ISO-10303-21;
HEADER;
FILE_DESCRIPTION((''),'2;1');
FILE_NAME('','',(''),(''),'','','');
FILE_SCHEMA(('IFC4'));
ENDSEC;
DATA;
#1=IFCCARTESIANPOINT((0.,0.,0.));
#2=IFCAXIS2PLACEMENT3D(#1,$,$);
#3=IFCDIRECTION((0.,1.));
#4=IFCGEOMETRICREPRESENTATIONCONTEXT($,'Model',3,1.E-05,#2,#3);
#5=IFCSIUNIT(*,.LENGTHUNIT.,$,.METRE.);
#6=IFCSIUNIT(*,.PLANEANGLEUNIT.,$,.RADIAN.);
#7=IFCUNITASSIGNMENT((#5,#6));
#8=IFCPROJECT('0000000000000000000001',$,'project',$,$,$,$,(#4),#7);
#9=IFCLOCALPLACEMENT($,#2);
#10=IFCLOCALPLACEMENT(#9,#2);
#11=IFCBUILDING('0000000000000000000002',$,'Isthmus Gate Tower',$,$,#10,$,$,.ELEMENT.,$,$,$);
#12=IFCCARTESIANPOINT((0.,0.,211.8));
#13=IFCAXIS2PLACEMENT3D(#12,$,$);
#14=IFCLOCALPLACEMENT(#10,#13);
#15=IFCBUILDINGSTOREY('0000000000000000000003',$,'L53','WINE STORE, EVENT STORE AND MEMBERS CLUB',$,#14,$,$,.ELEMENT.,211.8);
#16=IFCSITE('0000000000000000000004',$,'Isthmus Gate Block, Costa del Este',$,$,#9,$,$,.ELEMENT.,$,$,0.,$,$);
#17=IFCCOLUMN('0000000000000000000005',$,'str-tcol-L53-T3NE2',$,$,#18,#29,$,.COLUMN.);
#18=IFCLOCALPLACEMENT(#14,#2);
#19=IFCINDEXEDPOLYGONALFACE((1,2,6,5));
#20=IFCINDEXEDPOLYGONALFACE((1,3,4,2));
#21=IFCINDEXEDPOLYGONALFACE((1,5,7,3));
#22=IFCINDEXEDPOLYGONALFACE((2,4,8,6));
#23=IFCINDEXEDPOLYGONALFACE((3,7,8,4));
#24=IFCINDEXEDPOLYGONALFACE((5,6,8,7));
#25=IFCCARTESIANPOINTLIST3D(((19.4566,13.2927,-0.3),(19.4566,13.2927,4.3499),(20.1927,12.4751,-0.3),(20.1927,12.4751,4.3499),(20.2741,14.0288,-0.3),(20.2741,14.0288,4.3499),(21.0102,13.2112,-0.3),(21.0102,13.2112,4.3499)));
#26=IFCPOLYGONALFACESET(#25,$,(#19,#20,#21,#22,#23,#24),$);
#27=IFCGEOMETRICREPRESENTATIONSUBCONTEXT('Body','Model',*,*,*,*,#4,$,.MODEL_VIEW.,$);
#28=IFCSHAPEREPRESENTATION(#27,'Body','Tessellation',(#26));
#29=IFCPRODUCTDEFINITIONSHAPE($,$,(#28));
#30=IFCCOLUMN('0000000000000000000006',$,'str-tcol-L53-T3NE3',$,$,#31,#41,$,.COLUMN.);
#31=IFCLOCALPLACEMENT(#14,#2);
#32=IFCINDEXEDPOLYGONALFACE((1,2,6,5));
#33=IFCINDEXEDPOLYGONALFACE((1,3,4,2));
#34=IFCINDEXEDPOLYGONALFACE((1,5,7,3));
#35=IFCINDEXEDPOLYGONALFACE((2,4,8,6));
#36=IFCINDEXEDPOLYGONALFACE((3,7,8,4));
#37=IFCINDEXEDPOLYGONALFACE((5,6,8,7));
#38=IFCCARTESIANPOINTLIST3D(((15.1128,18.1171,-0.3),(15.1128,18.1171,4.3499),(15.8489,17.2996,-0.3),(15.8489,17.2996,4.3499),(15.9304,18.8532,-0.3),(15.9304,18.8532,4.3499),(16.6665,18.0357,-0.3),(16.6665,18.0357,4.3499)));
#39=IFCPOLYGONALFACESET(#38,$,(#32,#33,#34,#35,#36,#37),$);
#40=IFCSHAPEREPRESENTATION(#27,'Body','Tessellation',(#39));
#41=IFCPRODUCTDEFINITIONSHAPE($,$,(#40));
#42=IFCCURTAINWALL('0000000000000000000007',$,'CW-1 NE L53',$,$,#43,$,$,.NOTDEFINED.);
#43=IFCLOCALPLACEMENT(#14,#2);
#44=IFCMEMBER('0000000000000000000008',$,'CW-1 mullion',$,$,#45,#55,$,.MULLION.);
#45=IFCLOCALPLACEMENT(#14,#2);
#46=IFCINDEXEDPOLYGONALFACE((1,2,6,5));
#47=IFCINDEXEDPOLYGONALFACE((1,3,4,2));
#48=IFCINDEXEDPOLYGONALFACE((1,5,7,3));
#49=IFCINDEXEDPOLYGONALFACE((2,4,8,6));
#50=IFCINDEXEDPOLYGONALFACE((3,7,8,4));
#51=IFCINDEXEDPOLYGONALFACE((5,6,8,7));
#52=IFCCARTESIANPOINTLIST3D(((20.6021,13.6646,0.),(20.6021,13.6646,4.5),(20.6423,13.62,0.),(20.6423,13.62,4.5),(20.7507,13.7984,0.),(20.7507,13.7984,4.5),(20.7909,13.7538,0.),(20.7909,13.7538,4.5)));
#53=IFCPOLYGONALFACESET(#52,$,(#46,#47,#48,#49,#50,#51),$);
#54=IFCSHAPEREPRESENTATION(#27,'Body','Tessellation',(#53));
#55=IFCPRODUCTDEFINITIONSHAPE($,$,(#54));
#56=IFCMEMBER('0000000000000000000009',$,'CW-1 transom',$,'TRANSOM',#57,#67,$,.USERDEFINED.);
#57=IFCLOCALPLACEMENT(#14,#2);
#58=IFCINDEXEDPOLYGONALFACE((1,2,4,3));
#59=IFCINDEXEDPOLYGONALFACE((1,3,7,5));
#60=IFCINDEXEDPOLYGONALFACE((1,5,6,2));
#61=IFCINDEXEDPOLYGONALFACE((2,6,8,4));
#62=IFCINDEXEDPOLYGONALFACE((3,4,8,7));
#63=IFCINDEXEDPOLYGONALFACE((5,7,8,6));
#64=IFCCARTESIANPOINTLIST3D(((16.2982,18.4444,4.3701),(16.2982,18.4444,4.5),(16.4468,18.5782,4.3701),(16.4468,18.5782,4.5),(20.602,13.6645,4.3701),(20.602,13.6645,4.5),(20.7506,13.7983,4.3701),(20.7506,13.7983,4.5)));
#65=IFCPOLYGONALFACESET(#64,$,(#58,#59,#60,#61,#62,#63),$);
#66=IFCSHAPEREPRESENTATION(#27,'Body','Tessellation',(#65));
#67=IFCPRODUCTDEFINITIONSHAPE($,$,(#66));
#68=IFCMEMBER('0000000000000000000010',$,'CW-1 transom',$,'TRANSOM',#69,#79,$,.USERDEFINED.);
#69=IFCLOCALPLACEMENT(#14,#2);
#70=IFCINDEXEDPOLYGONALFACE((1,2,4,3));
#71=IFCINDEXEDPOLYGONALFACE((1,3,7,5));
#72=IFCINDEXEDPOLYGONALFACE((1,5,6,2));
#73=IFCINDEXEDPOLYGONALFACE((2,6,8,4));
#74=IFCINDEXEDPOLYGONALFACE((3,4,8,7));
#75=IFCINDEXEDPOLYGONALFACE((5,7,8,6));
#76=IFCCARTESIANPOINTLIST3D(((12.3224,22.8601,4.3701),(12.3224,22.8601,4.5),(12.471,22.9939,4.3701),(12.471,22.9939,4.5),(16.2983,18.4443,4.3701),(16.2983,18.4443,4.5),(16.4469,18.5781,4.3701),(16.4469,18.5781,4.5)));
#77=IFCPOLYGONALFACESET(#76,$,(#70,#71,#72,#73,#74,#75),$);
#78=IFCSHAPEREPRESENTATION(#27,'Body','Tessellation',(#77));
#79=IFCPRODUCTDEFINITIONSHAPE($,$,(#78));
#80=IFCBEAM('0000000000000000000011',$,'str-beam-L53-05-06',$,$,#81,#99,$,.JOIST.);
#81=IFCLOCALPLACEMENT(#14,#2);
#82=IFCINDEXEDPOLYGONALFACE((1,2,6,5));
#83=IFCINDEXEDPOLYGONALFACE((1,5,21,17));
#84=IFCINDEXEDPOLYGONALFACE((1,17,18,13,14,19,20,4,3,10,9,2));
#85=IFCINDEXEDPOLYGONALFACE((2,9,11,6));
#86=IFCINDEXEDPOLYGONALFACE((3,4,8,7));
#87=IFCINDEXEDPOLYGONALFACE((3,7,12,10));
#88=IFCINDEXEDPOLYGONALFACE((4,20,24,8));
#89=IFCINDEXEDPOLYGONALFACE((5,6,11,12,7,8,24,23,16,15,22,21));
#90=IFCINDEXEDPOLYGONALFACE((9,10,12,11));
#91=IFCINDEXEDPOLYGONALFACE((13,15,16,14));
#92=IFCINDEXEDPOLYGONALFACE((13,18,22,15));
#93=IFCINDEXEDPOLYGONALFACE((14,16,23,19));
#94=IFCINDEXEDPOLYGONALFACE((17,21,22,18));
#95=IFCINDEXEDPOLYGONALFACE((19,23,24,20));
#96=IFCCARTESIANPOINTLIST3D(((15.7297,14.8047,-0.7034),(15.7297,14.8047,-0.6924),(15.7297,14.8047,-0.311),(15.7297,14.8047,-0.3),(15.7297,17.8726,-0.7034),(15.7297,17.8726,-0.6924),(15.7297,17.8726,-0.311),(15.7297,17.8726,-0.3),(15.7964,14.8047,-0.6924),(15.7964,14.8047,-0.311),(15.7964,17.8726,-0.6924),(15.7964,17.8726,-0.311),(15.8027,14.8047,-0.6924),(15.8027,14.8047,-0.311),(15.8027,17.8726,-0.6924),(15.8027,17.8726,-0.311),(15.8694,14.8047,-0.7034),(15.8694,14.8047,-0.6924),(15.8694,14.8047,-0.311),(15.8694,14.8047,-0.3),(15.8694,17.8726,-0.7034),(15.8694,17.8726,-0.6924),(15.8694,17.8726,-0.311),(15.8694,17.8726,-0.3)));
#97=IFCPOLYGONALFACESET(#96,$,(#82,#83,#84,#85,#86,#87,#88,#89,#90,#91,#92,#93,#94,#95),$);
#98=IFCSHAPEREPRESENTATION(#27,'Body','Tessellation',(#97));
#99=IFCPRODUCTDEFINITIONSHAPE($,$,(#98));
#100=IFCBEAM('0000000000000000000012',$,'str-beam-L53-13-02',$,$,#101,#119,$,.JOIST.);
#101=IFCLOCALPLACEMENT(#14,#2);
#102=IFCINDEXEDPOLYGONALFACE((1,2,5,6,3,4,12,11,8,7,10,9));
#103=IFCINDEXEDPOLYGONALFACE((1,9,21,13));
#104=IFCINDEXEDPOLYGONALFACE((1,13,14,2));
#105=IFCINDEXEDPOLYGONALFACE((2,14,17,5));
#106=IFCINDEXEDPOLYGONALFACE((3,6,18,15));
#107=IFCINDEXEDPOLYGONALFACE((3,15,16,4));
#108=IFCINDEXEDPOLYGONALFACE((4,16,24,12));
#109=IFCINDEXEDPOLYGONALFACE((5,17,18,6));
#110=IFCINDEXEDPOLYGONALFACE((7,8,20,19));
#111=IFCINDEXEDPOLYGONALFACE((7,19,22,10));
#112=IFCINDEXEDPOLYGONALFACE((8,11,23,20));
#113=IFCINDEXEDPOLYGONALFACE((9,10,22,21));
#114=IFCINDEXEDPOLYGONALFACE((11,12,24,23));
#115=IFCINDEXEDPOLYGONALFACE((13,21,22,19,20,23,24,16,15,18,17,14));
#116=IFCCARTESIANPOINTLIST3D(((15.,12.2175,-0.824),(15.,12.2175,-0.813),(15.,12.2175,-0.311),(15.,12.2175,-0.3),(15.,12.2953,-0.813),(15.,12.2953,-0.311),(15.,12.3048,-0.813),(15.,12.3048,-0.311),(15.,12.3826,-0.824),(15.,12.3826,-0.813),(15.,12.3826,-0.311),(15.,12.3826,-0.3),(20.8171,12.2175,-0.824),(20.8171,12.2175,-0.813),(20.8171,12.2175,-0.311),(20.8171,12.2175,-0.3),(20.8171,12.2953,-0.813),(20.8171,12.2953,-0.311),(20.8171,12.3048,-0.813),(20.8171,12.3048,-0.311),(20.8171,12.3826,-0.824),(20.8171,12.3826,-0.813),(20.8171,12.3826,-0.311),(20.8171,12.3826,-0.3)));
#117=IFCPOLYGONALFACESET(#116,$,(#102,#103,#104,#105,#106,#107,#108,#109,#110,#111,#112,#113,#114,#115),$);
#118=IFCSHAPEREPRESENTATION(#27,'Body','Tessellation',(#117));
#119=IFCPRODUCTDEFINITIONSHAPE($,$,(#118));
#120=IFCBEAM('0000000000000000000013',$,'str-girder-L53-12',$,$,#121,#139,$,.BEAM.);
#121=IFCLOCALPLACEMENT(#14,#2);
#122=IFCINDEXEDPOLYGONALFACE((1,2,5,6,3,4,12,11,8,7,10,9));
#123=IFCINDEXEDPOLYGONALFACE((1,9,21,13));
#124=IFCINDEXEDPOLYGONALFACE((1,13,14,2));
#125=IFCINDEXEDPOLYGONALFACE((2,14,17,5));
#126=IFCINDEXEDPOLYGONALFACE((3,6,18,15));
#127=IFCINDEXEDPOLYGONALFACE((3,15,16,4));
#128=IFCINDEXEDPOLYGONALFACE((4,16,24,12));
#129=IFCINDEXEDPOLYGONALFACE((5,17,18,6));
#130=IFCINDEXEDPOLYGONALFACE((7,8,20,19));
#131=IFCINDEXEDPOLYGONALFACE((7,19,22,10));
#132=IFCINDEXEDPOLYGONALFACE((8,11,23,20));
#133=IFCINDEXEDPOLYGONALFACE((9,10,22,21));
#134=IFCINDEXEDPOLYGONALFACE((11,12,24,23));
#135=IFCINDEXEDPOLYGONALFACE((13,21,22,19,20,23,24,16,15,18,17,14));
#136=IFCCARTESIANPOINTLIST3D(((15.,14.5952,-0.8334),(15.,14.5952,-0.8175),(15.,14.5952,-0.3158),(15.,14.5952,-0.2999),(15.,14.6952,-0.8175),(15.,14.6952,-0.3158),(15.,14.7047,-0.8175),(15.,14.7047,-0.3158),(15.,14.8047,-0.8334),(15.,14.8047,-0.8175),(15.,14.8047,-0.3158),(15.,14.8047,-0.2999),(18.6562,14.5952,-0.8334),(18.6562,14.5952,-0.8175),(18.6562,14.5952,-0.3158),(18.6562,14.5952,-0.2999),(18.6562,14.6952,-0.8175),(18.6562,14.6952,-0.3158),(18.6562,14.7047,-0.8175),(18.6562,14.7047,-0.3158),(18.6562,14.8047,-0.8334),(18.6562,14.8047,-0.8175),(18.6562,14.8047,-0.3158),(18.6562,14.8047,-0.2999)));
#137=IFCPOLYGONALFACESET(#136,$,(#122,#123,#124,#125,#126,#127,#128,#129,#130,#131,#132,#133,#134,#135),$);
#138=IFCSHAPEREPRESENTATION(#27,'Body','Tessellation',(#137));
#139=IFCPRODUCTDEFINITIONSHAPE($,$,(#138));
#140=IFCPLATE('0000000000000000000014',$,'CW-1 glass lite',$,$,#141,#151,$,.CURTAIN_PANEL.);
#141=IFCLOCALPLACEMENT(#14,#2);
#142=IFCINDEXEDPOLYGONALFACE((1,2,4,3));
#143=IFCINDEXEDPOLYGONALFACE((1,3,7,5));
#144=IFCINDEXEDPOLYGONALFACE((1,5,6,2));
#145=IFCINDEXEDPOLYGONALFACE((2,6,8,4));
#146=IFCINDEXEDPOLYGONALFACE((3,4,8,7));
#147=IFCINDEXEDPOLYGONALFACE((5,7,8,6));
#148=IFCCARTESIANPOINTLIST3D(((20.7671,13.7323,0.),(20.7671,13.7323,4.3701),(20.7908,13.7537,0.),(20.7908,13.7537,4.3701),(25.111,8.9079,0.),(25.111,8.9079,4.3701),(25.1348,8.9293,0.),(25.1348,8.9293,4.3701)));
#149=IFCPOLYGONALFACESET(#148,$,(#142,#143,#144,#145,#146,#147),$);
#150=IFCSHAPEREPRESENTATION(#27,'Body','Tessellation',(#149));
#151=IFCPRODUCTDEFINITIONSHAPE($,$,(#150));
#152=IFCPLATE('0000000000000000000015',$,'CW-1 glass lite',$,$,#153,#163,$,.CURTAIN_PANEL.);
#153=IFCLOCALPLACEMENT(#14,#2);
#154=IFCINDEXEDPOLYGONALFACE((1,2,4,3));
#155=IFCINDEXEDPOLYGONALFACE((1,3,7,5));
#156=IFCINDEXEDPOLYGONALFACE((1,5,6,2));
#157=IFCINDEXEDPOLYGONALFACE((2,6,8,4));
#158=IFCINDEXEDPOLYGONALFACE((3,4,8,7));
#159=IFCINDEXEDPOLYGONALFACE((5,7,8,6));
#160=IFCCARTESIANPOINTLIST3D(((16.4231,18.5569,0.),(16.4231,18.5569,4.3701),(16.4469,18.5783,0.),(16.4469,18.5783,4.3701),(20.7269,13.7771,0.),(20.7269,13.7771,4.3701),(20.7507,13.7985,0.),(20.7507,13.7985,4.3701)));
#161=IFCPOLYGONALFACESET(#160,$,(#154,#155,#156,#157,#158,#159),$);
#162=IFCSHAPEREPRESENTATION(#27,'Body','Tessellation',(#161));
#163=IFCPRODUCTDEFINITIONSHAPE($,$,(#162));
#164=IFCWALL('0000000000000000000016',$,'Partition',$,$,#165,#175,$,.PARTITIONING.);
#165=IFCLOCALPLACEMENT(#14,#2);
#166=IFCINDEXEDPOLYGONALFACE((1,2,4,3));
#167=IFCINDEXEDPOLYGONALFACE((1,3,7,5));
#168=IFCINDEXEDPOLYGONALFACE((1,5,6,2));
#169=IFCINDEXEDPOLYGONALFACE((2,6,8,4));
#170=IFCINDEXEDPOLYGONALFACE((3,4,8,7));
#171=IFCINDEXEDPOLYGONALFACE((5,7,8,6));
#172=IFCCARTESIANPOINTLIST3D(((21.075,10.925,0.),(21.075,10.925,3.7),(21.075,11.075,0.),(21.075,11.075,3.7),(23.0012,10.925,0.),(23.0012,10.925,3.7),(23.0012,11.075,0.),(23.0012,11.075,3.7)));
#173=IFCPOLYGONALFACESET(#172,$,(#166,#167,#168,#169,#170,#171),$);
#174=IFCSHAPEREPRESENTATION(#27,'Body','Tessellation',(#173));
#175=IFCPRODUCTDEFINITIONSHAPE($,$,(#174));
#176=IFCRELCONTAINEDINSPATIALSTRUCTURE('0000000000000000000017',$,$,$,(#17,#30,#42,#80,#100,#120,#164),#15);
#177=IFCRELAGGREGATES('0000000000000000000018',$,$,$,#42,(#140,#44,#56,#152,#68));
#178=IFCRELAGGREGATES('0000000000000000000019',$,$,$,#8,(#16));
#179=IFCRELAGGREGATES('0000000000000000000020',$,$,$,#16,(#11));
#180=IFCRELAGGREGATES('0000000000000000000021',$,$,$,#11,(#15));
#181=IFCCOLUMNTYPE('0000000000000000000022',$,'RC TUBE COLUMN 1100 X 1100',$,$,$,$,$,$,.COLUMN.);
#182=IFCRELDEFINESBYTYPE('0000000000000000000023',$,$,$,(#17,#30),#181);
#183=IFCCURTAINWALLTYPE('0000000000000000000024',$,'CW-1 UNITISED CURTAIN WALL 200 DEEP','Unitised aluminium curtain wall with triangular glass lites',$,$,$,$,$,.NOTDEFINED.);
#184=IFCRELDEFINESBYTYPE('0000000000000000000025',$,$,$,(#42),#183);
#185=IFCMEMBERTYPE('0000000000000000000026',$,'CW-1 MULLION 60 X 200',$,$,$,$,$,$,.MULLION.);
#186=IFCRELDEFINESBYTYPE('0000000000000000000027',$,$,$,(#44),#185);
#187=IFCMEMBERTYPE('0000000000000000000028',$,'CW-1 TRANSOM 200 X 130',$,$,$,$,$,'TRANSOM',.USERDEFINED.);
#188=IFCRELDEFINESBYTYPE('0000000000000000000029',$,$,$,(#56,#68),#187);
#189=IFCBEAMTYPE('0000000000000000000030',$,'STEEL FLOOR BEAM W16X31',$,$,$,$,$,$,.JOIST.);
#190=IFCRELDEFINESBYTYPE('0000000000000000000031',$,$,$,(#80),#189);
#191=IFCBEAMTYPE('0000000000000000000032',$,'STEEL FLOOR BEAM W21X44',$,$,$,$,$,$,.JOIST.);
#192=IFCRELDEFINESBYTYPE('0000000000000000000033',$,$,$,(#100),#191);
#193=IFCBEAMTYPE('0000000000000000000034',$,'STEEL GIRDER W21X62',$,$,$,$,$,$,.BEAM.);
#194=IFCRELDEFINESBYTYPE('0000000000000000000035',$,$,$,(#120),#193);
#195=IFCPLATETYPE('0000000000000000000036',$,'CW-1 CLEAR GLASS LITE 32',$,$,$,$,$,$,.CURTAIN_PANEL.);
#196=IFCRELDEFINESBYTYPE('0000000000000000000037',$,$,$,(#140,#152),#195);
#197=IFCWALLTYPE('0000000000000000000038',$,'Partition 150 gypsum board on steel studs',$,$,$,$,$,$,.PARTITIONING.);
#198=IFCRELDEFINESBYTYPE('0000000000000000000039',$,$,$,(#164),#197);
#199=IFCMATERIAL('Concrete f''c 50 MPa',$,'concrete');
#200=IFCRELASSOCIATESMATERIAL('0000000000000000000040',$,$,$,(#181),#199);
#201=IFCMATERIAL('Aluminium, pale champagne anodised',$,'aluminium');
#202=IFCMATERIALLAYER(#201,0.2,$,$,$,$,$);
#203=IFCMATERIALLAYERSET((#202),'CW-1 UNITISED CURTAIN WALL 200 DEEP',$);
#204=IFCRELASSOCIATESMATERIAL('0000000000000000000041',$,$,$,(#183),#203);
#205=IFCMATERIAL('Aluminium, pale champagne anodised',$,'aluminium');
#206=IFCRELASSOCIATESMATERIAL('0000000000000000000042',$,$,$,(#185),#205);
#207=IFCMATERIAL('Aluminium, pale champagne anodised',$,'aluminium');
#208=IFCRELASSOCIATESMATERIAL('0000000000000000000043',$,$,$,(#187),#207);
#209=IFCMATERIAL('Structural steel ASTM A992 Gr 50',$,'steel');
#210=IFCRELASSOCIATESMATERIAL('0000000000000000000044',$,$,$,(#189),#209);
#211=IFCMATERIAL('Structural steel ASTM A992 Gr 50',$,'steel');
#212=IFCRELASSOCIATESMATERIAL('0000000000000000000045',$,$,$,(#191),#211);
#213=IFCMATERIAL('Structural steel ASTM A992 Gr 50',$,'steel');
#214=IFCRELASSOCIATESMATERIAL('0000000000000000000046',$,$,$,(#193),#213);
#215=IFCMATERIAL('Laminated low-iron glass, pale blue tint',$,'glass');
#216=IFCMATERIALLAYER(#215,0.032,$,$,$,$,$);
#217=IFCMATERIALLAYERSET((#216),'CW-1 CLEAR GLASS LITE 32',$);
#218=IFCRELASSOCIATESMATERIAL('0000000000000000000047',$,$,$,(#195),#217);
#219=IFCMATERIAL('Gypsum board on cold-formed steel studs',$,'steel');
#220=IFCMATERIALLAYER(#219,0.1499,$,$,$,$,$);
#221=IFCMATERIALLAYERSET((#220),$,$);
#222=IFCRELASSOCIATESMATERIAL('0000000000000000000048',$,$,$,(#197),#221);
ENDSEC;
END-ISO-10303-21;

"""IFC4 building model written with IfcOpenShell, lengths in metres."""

from ifc_helpers import new_model, si_unit, direction, frame, frame_2d, origin, origin_2d, place, context, subcontext, project, spatial, rectangle, i_section, extrude, material, layer, layer_set, material_profile, profile_set, type_object, element, aggregate, save


model = new_model("IFC4")

# Units and contexts
model_context = context("Model", 3, precision=1e-05, world=origin(), true_north=direction((0.0, 1.0)))
body_context = subcontext(model_context, "Body", "Model", "MODEL_VIEW")
ifc_project = project(units=[si_unit("LENGTHUNIT", "METRE"), si_unit("PLANEANGLEUNIT", "RADIAN")], contexts=[model_context])

# Site, building, storey
site_placement = place(None, origin())
site = spatial("IfcSite", under=ifc_project, at=site_placement, Name="Isthmus Gate Block, Costa del Este", CompositionType="ELEMENT", RefElevation=0.0)
building_placement = place(site_placement, origin())
building = spatial("IfcBuilding", under=site, at=building_placement, Name="Isthmus Gate Tower", CompositionType="ELEMENT")
storey_placement = place(building_placement, frame((0.0, 0.0, 211.8)))
storey = spatial("IfcBuildingStorey", under=building, at=storey_placement, Name="L53", Description="WINE STORE, EVENT STORE AND MEMBERS CLUB", CompositionType="ELEMENT", Elevation=211.8)

# Columns
ifc_material_1 = material(Name="Concrete f'c 50 MPa", Category="concrete")
ifc_material_profile_1 = material_profile(ifc_material_1, rectangle(XDim=1.1001, YDim=1.1001, at=origin_2d()), Name="RC 1100X1100")
ifc_profile_set_1 = profile_set([ifc_material_profile_1], Name="Concrete f'c 50 MPa")
column_type = type_object("IfcColumnType", Name="RC TUBE COLUMN 1100 X 1100", PredefinedType="COLUMN", material=ifc_profile_set_1)
for number, where, z_axis, x_axis, name in (
    (1, (20.2334, 13.252, -0.3), (0.0, 0.0, 1.0), (-0.669131, 0.743145, 0.0), "str-tcol-L53-T3NE2"),
    (2, (15.8896, 18.0764, -0.3), (0.0, 0.0, 1.0), (-0.669131, 0.743145, 0.0), "str-tcol-L53-T3NE3"),
):
    element("IfcColumn", number, at=place(storey_placement, frame(where, z_axis=z_axis, x_axis=x_axis)), inside=storey, type_object=column_type, Name=name, PredefinedType="COLUMN", context=body_context, shape_type="SweptSolid", body=[
        extrude(rectangle(XDim=1.1001, YDim=1.1001, at=origin_2d()), origin(), (0.0, 0.0, 1.0), 4.6499),
    ])

# Curtain wall, members
ifc_material_2 = material(Name="Aluminium, pale champagne anodised", Category="aluminium")
ifc_layer_1 = layer(ifc_material_2, 0.2)
ifc_layer_set_1 = layer_set([ifc_layer_1], Name="CW-1 UNITISED CURTAIN WALL 200 DEEP")
curtain_wall_type = type_object("IfcCurtainWallType", Name="CW-1 UNITISED CURTAIN WALL 200 DEEP", Description="Unitised aluminium curtain wall with triangular glass lites", PredefinedType="NOTDEFINED", material=ifc_layer_set_1)
curtain_wall_placement = place(storey_placement, origin())
curtain_wall = element("IfcCurtainWall", 3, at=curtain_wall_placement, inside=storey, type_object=curtain_wall_type, Name="CW-1 NE L53", PredefinedType="NOTDEFINED")
ifc_material_3 = material(Name="Aluminium, pale champagne anodised", Category="aluminium")
ifc_material_profile_2 = material_profile(ifc_material_3, rectangle(XDim=0.0601, YDim=0.2, at=origin_2d()), Name="60x200")
ifc_profile_set_2 = profile_set([ifc_material_profile_2], Name="Aluminium, pale champagne anodised")
member_type_1 = type_object("IfcMemberType", Name="CW-1 MULLION 60 X 200", PredefinedType="MULLION", material=ifc_profile_set_2)
member_1_placement = place(storey_placement, frame((20.6965, 13.7092, 0.0), z_axis=(0.0, 0.0, 1.0), x_axis=(-0.669131, 0.743145, 0.0)))
member_1 = element("IfcMember", 4, at=member_1_placement, type_object=member_type_1, Name="CW-1 mullion", PredefinedType="MULLION", context=body_context, shape_type="SweptSolid", body=[
    extrude(rectangle(XDim=0.0601, YDim=0.2, at=origin_2d()), origin(), (0.0, 0.0, 1.0), 4.5),
])
ifc_material_4 = material(Name="Aluminium, pale champagne anodised", Category="aluminium")
ifc_material_profile_3 = material_profile(ifc_material_4, rectangle(XDim=0.2, YDim=0.1299, at=origin_2d()), Name="200x130")
ifc_profile_set_3 = profile_set([ifc_material_profile_3], Name="Aluminium, pale champagne anodised")
member_type_2 = type_object("IfcMemberType", Name="CW-1 TRANSOM 200 X 130", ElementType="TRANSOM", PredefinedType="USERDEFINED", material=ifc_profile_set_3)
member_2_placement = place(storey_placement, frame((20.6763, 13.7314, 4.4351), z_axis=(-0.669128, 0.743147, 0.0), x_axis=(-0.743147, -0.669128, 0.0)))
member_2 = element("IfcMember", 5, at=member_2_placement, type_object=member_type_2, Name="CW-1 transom", ObjectType="TRANSOM", PredefinedType="USERDEFINED", context=body_context, shape_type="SweptSolid", body=[
    extrude(rectangle(XDim=0.2, YDim=0.1299, at=origin_2d()), origin(), (0.0, 0.0, 1.0), 6.4319),
])
member_3_placement = place(storey_placement, frame((16.3726, 18.5112, 4.4351), z_axis=(-0.669117, 0.743157, 0.0), x_axis=(-0.743157, -0.669117, 0.0)))
member_3 = element("IfcMember", 6, at=member_3_placement, type_object=member_type_2, Name="CW-1 transom", ObjectType="TRANSOM", PredefinedType="USERDEFINED", context=body_context, shape_type="SweptSolid", body=[
    extrude(rectangle(XDim=0.2, YDim=0.1299, at=origin_2d()), origin(), (0.0, 0.0, 1.0), 5.9419),
])

# Beams
ifc_material_5 = material(Name="Structural steel ASTM A992 Gr 50", Category="steel")
ifc_material_profile_4 = material_profile(ifc_material_5, i_section(OverallWidth=0.1396, OverallDepth=0.4033, WebThickness=0.0063, FlangeThickness=0.011, at=origin_2d()), Name="W16X31")
ifc_profile_set_4 = profile_set([ifc_material_profile_4], Name="Structural steel ASTM A992 Gr 50")
beam_type_1 = type_object("IfcBeamType", Name="STEEL FLOOR BEAM W16X31", PredefinedType="JOIST", material=ifc_profile_set_4)
beam_1_placement = place(storey_placement, frame((15.7996, 14.8047, -0.5017), z_axis=(0.0, 1.0, 0.0), x_axis=(-1.0, 0.0, 0.0)))
element("IfcBeam", 7, at=beam_1_placement, inside=storey, type_object=beam_type_1, Name="str-beam-L53-05-06", PredefinedType="JOIST", context=body_context, shape_type="SweptSolid", body=[
    extrude(i_section(OverallWidth=0.1396, OverallDepth=0.4033, WebThickness=0.0063, FlangeThickness=0.011, at=origin_2d()), origin(), (0.0, 0.0, 1.0), 3.0679),
])
ifc_material_6 = material(Name="Structural steel ASTM A992 Gr 50", Category="steel")
ifc_material_profile_5 = material_profile(ifc_material_6, i_section(OverallWidth=0.165, OverallDepth=0.5239, WebThickness=0.0095, FlangeThickness=0.011, at=origin_2d()), Name="W21X44")
ifc_profile_set_5 = profile_set([ifc_material_profile_5], Name="Structural steel ASTM A992 Gr 50")
beam_type_2 = type_object("IfcBeamType", Name="STEEL FLOOR BEAM W21X44", PredefinedType="JOIST", material=ifc_profile_set_5)
beam_2_placement = place(storey_placement, frame((15.0, 12.3, -0.562), z_axis=(1.0, 0.0, 0.0), x_axis=(0.0, 1.0, 0.0)))
element("IfcBeam", 8, at=beam_2_placement, inside=storey, type_object=beam_type_2, Name="str-beam-L53-13-02", PredefinedType="JOIST", context=body_context, shape_type="SweptSolid", body=[
    extrude(i_section(OverallWidth=0.165, OverallDepth=0.5239, WebThickness=0.0095, FlangeThickness=0.011, at=origin_2d()), origin(), (0.0, 0.0, 1.0), 5.8171),
])
ifc_material_7 = material(Name="Structural steel ASTM A992 Gr 50", Category="steel")
ifc_material_profile_6 = material_profile(ifc_material_7, i_section(OverallWidth=0.2095, OverallDepth=0.5334, WebThickness=0.0095, FlangeThickness=0.0159, at=origin_2d()), Name="W21X62")
ifc_profile_set_6 = profile_set([ifc_material_profile_6], Name="Structural steel ASTM A992 Gr 50")
beam_type_3 = type_object("IfcBeamType", Name="STEEL GIRDER W21X62", PredefinedType="BEAM", material=ifc_profile_set_6)
beam_3_placement = place(storey_placement, frame((15.0, 14.7, -0.5667), z_axis=(1.0, 0.0, 0.0), x_axis=(0.0, 1.0, 0.0)))
element("IfcBeam", 9, at=beam_3_placement, inside=storey, type_object=beam_type_3, Name="str-girder-L53-12", PredefinedType="BEAM", context=body_context, shape_type="SweptSolid", body=[
    extrude(i_section(OverallWidth=0.2095, OverallDepth=0.5334, WebThickness=0.0095, FlangeThickness=0.0159, at=origin_2d()), origin(), (0.0, 0.0, 1.0), 3.6562),
])

# Plates
ifc_material_8 = material(Name="Laminated low-iron glass, pale blue tint", Category="glass")
ifc_layer_2 = layer(ifc_material_8, 0.032)
ifc_layer_set_2 = layer_set([ifc_layer_2], Name="CW-1 CLEAR GLASS LITE 32")
plate_type = type_object("IfcPlateType", Name="CW-1 CLEAR GLASS LITE 32", PredefinedType="CURTAIN_PANEL", material=ifc_layer_set_2)
plate_1_placement = place(storey_placement, frame((22.9509, 11.3308, 0.0), z_axis=(0.0, 0.0, 1.0), x_axis=(-0.669131, 0.743145, 0.0)))
plate_1 = element("IfcPlate", 10, at=plate_1_placement, type_object=plate_type, Name="CW-1 glass lite", PredefinedType="CURTAIN_PANEL", context=body_context, shape_type="SweptSolid", body=[
    extrude(rectangle(XDim=6.4919, YDim=0.032, at=origin_2d()), origin(), (0.0, 0.0, 1.0), 4.3701),
])
plate_2_placement = place(storey_placement, frame((18.5869, 16.1777, 0.0), z_axis=(0.0, 0.0, 1.0), x_axis=(-0.669131, 0.743145, 0.0)))
plate_2 = element("IfcPlate", 11, at=plate_2_placement, type_object=plate_type, Name="CW-1 glass lite", PredefinedType="CURTAIN_PANEL", context=body_context, shape_type="SweptSolid", body=[
    extrude(rectangle(XDim=6.4319, YDim=0.032, at=origin_2d()), origin(), (0.0, 0.0, 1.0), 4.3701),
])

# Wall
ifc_material_9 = material(Name="Gypsum board on cold-formed steel studs", Category="steel")
ifc_layer_3 = layer(ifc_material_9, 0.1499)
ifc_layer_set_3 = layer_set([ifc_layer_3])
wall_type = type_object("IfcWallType", Name="Partition 150 gypsum board on steel studs", PredefinedType="PARTITIONING", material=ifc_layer_set_3)
wall_1_placement = place(storey_placement, frame((21.075, 11.0, 0.0), z_axis=(0.0, 0.0, 1.0), x_axis=(1.0, 0.0, 0.0)))
element("IfcWall", 12, at=wall_1_placement, inside=storey, type_object=wall_type, Name="Partition", PredefinedType="PARTITIONING", context=body_context, shape_type="SweptSolid", body=[
    extrude(rectangle(XDim=1.9263, YDim=0.1499, at=frame_2d((0.9631, 0.0))), origin(), (0.0, 0.0, 1.0), 3.7),
])

aggregate(curtain_wall, [plate_1, member_1, member_2, plate_2, member_3])

save(model, "model.ifc")
